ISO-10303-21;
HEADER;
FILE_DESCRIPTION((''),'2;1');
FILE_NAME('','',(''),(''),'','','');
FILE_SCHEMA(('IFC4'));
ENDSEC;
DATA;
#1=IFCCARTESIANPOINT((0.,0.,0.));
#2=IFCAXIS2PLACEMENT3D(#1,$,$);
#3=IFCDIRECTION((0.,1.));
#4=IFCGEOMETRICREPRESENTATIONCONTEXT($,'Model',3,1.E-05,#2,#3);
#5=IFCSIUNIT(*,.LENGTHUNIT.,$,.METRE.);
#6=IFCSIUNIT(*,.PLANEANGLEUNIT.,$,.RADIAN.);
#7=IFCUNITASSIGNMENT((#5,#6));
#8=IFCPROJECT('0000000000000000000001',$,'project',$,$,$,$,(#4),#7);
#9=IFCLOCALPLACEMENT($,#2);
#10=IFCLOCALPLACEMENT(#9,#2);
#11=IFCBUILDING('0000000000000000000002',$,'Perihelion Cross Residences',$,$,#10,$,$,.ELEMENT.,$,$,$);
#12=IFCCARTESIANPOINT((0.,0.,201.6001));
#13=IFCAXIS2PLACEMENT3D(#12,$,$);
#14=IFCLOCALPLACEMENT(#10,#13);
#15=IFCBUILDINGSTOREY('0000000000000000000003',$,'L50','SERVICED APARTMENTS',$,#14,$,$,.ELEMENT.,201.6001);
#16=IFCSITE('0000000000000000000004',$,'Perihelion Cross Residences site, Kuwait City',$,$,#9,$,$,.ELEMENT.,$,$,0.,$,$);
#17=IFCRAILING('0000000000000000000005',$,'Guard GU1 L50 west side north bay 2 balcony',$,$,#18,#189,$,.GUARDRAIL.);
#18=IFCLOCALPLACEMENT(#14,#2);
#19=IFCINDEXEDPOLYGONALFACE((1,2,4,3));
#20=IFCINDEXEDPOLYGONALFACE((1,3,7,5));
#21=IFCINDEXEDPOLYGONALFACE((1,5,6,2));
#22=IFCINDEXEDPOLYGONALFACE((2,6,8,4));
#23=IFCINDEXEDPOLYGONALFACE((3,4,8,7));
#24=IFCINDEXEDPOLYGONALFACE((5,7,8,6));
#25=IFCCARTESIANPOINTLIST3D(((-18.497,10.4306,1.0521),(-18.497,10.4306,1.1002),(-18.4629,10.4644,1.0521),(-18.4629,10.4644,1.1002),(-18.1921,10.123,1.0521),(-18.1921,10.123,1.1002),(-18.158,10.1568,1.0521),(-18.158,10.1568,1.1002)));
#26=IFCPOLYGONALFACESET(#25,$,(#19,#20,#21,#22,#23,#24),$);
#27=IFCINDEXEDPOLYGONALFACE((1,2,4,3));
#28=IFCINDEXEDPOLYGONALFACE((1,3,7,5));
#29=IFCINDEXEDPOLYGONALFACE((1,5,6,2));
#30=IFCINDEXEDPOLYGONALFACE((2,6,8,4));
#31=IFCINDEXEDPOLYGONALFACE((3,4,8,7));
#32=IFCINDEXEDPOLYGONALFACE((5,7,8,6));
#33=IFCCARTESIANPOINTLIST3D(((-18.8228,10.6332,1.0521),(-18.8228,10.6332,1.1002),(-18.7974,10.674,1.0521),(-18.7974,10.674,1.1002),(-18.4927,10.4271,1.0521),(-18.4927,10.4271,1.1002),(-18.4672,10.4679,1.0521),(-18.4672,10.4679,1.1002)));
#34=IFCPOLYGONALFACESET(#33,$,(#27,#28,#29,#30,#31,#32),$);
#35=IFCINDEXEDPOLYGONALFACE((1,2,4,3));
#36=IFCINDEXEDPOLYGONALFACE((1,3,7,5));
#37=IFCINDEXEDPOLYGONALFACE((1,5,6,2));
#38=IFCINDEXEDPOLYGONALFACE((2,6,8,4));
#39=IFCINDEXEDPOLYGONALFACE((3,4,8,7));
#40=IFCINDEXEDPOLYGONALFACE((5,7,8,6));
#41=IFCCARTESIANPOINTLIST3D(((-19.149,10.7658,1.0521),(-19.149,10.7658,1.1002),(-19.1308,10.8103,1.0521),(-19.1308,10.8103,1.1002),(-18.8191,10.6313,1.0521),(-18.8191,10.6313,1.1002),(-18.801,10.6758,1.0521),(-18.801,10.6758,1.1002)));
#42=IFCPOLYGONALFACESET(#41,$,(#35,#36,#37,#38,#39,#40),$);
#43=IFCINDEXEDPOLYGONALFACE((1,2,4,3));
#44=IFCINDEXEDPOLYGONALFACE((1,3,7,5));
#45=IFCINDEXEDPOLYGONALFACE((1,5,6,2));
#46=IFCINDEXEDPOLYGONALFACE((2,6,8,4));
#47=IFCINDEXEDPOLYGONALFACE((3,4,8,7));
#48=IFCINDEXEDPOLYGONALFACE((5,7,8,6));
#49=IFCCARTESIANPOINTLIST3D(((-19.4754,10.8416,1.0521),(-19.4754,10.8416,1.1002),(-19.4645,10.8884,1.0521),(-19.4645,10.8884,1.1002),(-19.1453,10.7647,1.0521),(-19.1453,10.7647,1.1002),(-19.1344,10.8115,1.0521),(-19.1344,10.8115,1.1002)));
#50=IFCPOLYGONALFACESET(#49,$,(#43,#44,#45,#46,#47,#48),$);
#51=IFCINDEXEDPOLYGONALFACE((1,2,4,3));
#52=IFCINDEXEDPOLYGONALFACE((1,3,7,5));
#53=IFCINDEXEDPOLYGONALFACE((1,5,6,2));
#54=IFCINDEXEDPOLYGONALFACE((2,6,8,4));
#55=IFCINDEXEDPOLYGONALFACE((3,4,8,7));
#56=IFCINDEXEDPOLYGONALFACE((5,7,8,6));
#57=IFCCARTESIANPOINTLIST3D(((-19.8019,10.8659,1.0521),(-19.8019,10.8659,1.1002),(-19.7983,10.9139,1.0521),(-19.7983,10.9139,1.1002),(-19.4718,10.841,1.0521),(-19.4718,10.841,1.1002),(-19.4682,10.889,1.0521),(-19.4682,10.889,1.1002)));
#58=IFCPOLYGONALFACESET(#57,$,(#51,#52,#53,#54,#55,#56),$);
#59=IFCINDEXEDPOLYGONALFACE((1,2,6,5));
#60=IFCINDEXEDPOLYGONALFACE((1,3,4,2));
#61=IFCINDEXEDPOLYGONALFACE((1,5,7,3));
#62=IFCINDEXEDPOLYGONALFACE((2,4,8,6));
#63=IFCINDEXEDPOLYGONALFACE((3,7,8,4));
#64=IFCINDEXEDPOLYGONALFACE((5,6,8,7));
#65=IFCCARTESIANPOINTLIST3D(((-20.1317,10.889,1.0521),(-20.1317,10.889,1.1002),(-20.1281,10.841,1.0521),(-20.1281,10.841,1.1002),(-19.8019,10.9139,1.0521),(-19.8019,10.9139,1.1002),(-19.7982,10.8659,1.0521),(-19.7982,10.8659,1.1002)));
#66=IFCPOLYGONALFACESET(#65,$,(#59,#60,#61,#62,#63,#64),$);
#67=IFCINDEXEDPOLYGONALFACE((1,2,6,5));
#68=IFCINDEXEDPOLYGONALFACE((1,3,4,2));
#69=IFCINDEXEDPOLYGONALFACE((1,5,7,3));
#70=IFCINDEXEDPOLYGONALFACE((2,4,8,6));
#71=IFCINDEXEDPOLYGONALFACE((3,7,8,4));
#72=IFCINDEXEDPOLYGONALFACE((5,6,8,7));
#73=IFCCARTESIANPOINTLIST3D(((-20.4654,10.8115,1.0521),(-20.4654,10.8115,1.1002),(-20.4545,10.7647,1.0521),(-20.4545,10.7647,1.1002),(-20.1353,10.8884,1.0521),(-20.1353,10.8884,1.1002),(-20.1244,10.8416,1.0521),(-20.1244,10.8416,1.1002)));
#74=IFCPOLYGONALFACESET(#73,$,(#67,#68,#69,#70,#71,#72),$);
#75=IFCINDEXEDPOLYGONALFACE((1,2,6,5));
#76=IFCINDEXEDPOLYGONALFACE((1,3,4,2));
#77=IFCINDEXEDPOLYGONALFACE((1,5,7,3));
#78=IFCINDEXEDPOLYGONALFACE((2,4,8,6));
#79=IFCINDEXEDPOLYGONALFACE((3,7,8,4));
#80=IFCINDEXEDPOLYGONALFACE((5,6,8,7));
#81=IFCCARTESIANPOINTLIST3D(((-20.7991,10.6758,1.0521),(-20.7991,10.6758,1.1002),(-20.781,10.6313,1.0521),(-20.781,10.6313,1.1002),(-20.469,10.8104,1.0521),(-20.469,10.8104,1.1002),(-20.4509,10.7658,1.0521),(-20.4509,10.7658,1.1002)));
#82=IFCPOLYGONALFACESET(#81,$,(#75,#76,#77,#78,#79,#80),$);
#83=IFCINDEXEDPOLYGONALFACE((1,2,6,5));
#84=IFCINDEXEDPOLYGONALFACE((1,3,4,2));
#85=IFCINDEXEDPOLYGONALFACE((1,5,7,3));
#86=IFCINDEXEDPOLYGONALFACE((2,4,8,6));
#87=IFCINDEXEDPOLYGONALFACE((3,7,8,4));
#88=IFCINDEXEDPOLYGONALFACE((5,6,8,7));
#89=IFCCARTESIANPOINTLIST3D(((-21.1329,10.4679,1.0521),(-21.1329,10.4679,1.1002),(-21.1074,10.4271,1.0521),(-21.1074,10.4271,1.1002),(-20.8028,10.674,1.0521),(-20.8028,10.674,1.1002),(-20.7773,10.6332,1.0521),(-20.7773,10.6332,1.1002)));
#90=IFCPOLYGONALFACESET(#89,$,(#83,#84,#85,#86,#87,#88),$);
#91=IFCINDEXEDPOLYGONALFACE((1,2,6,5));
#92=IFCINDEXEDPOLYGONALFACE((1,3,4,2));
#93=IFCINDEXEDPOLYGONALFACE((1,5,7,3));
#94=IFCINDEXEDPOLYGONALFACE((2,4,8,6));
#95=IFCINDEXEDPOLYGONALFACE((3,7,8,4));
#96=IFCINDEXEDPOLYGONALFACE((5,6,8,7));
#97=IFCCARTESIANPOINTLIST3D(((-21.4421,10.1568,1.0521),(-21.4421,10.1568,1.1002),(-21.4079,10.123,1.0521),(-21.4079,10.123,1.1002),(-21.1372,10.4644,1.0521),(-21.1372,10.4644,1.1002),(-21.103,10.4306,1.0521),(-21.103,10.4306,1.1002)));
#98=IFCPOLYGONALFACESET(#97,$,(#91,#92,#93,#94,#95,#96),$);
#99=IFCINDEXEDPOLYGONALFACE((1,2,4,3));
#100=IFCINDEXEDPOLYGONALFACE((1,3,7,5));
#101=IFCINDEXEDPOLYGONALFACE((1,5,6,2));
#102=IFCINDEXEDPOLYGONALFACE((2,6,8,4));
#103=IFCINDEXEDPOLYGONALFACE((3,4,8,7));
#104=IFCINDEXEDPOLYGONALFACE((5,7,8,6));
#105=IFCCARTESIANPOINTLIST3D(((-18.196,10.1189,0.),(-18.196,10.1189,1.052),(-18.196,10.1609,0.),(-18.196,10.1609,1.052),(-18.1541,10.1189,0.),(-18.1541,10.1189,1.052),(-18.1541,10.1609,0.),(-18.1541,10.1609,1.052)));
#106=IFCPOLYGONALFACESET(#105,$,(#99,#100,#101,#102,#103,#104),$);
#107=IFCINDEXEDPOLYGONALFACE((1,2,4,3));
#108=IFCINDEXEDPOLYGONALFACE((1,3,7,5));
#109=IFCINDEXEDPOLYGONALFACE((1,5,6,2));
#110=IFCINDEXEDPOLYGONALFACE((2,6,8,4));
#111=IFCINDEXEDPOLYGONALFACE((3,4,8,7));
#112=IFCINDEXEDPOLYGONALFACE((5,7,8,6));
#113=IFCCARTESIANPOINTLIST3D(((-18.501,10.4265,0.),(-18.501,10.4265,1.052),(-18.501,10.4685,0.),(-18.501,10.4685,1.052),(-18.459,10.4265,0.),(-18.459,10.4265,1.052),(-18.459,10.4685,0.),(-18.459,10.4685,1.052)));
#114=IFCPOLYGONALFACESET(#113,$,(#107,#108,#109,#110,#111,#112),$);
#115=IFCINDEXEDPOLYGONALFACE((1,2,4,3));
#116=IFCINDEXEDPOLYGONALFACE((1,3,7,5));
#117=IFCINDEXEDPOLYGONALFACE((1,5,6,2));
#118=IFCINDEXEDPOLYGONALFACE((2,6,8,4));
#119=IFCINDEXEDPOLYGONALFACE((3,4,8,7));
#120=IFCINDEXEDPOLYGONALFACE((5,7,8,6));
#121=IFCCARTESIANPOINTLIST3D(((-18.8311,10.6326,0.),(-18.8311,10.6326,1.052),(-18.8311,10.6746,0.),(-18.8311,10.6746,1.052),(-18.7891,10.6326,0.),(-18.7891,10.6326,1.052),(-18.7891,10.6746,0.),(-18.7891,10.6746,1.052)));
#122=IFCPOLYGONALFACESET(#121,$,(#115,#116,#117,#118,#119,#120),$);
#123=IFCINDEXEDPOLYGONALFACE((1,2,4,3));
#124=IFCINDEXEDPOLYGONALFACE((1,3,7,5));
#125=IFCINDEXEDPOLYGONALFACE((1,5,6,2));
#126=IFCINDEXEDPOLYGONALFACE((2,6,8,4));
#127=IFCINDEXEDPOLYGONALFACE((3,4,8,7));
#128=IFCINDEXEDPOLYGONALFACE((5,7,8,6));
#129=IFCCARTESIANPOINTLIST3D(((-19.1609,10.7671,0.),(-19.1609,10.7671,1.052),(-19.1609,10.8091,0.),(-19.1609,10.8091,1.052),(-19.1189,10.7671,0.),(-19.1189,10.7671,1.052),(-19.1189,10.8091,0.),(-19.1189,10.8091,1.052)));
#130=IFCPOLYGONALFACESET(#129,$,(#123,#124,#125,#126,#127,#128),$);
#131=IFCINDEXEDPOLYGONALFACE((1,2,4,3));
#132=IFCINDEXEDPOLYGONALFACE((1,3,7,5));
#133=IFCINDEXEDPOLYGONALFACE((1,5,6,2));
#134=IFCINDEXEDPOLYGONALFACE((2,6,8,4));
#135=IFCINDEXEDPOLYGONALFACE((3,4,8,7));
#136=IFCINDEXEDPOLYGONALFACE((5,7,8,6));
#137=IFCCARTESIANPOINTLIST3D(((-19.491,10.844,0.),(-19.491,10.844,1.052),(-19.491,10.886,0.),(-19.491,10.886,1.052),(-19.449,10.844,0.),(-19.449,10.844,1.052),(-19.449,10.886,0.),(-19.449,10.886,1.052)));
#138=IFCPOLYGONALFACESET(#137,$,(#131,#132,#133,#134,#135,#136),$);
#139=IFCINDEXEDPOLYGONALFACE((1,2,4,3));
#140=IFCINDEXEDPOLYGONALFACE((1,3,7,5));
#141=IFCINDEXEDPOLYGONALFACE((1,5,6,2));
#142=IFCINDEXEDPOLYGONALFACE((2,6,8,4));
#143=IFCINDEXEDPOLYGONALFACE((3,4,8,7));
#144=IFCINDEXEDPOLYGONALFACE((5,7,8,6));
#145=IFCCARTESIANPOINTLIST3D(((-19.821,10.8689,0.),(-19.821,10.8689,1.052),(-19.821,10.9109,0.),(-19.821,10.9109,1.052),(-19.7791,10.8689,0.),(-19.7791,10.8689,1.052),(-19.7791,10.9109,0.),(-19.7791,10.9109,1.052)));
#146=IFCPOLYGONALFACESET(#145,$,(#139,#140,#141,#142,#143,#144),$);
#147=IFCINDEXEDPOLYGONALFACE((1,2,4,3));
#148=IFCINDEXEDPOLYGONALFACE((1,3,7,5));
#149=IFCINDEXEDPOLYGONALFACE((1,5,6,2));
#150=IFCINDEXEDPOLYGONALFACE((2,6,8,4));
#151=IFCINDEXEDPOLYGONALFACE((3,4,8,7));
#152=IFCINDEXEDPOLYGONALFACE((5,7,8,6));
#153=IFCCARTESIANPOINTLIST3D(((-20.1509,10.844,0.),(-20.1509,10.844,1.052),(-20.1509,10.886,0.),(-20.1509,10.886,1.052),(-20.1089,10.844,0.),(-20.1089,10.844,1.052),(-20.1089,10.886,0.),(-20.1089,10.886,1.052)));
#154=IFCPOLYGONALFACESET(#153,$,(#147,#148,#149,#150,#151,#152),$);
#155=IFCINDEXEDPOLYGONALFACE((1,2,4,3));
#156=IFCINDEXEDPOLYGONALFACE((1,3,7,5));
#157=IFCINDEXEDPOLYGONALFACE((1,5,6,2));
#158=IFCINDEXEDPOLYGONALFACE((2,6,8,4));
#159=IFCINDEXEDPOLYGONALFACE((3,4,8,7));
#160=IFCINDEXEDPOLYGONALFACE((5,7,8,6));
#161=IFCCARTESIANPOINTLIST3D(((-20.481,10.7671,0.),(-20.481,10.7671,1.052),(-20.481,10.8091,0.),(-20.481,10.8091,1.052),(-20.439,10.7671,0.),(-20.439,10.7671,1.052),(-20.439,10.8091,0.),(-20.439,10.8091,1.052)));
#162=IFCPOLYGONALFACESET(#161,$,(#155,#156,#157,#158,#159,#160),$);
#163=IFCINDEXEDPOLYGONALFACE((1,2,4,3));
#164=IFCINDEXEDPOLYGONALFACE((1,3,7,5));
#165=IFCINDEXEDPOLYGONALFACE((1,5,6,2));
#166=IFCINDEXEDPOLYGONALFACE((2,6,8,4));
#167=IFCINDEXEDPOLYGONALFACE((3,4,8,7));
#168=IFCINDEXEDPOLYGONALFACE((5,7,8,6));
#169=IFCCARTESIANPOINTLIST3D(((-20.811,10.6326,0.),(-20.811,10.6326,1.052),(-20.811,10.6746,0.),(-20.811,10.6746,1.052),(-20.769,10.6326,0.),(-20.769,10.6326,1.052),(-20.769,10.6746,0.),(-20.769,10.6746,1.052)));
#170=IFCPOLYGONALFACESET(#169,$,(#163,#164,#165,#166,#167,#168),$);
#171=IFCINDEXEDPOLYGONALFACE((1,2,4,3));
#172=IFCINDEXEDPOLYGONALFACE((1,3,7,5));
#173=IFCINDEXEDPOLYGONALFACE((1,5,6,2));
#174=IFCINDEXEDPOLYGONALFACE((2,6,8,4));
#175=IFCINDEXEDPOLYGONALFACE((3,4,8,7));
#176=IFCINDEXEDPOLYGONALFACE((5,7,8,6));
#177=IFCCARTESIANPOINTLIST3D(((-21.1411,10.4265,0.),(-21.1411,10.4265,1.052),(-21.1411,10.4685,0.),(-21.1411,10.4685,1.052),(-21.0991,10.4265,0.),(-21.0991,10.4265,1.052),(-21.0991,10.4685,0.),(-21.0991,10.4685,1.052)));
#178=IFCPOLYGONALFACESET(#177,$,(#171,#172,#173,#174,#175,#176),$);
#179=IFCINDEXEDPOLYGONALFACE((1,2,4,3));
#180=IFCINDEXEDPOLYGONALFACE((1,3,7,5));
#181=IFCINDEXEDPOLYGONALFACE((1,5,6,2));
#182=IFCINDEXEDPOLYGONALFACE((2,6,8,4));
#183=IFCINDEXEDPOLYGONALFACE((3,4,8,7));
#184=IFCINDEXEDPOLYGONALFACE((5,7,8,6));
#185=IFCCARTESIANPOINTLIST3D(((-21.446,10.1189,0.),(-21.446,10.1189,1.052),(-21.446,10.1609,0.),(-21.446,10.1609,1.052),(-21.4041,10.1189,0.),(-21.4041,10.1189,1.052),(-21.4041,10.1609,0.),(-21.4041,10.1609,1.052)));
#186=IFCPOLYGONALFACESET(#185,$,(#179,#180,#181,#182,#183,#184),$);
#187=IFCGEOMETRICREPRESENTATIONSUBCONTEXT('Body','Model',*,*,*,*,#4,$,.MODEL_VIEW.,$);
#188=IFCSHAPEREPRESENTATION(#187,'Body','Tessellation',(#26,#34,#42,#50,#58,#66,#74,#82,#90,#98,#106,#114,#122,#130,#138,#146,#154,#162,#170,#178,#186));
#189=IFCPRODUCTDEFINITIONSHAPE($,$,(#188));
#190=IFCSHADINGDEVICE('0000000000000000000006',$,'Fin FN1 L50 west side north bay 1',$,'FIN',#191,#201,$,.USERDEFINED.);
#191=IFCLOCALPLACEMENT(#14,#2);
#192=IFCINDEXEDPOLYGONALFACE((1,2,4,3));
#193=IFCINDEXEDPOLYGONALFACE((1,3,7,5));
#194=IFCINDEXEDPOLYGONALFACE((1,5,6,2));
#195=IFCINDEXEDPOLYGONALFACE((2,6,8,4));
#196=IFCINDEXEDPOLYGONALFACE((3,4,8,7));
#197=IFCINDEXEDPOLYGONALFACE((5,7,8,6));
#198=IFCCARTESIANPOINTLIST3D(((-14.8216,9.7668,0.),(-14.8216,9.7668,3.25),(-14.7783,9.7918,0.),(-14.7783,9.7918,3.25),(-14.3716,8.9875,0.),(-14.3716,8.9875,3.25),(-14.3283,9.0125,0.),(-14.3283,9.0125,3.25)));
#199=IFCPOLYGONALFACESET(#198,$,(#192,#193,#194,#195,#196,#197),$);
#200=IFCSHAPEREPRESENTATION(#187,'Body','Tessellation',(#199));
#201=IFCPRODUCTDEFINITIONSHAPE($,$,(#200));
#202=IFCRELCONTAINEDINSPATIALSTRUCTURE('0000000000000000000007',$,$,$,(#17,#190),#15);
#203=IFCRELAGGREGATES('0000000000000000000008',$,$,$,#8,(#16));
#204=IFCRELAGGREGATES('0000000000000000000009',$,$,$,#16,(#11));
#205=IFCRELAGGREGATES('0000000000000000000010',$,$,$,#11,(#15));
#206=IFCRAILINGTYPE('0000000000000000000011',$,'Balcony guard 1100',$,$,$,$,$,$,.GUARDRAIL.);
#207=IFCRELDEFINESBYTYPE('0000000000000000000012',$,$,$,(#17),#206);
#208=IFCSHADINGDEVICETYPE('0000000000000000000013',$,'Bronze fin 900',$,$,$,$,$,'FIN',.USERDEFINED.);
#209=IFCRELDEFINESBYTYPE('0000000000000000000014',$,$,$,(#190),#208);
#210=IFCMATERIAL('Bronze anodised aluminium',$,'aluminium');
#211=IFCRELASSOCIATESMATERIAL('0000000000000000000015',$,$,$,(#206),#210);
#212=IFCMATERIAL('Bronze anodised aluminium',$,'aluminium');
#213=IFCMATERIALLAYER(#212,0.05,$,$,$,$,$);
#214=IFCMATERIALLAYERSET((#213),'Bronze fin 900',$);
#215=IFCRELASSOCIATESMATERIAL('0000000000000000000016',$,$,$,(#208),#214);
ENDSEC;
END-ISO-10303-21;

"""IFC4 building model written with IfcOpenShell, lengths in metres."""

from ifc_helpers import new_model, si_unit, direction, frame, origin, origin_2d, place, context, subcontext, project, spatial, rectangle, extrude, material, layer, layer_set, type_object, element, save


model = new_model("IFC4")

# Units and contexts
model_context = context("Model", 3, precision=1e-05, world=origin(), true_north=direction((0.0, 1.0)))
body_context = subcontext(model_context, "Body", "Model", "MODEL_VIEW")
ifc_project = project(units=[si_unit("LENGTHUNIT", "METRE"), si_unit("PLANEANGLEUNIT", "RADIAN")], contexts=[model_context])

# Site, building, storey
site_placement = place(None, origin())
site = spatial("IfcSite", under=ifc_project, at=site_placement, Name="Perihelion Cross Residences site, Kuwait City", CompositionType="ELEMENT", RefElevation=0.0)
building_placement = place(site_placement, origin())
building = spatial("IfcBuilding", under=site, at=building_placement, Name="Perihelion Cross Residences", CompositionType="ELEMENT")
storey_placement = place(building_placement, frame((0.0, 0.0, 201.6001)))
storey = spatial("IfcBuildingStorey", under=building, at=storey_placement, Name="L50", Description="SERVICED APARTMENTS", CompositionType="ELEMENT", Elevation=201.6001)

# Railing
ifc_material_1 = material(Name="Bronze anodised aluminium", Category="aluminium")
railing_type = type_object("IfcRailingType", Name="Balcony guard 1100", PredefinedType="GUARDRAIL", material=ifc_material_1)
railing_placement = place(storey_placement, frame((-18.175, 10.1399, 0.0)))
element("IfcRailing", 1, at=railing_placement, inside=storey, type_object=railing_type, Name="Guard GU1 L50 west side north bay 2 balcony", PredefinedType="GUARDRAIL", context=body_context, shape_type="SweptSolid", body=[
    extrude(rectangle(XDim=0.0481, YDim=0.0481, at=origin_2d()), frame((0.0, 0.0, 1.0762), z_axis=(-0.704, 0.7102, 0.0), x_axis=(-0.7102, -0.704, 0.0)), (0.0, 0.0, 1.0), 0.4331),
    extrude(rectangle(XDim=0.0481, YDim=0.0481, at=origin_2d()), frame((-0.3049, 0.3076, 1.0762), z_axis=(-0.84828, 0.529548, 0.0), x_axis=(-0.529548, -0.84828, 0.0)), (0.0, 0.0, 1.0), 0.3892),
    extrude(rectangle(XDim=0.0481, YDim=0.0481, at=origin_2d()), frame((-0.635, 0.5137, 1.0762), z_axis=(-0.92595, 0.377645, 0.0), x_axis=(-0.377645, -0.92595, 0.0)), (0.0, 0.0, 1.0), 0.3562),
    extrude(rectangle(XDim=0.0481, YDim=0.0481, at=origin_2d()), frame((-0.9648, 0.6482, 1.0762), z_axis=(-0.973916, 0.226911, 0.0), x_axis=(-0.226911, -0.973916, 0.0)), (0.0, 0.0, 1.0), 0.3389),
    extrude(rectangle(XDim=0.0481, YDim=0.0481, at=origin_2d()), frame((-1.2949, 0.7251, 1.0762), z_axis=(-0.997166, 0.07523, 0.0), x_axis=(-0.07523, -0.997166, 0.0)), (0.0, 0.0, 1.0), 0.3311),
    extrude(rectangle(XDim=0.0481, YDim=0.0481, at=origin_2d()), frame((-1.625, 0.75, 1.0762), z_axis=(-0.997162, -0.075285, 0.0), x_axis=(0.075285, -0.997162, 0.0)), (0.0, 0.0, 1.0), 0.3308),
    extrude(rectangle(XDim=0.0481, YDim=0.0481, at=origin_2d()), frame((-1.9548, 0.7251, 1.0762), z_axis=(-0.973916, -0.226911, 0.0), x_axis=(0.226911, -0.973916, 0.0)), (0.0, 0.0, 1.0), 0.3389),
    extrude(rectangle(XDim=0.0481, YDim=0.0481, at=origin_2d()), frame((-2.2849, 0.6482, 1.0762), z_axis=(-0.926048, -0.377406, 0.0), x_axis=(0.377406, -0.926048, 0.0)), (0.0, 0.0, 1.0), 0.3564),
    extrude(rectangle(XDim=0.0481, YDim=0.0481, at=origin_2d()), frame((-2.615, 0.5137, 1.0762), z_axis=(-0.84828, -0.529548, 0.0), x_axis=(0.529548, -0.84828, 0.0)), (0.0, 0.0, 1.0), 0.3892),
    extrude(rectangle(XDim=0.0481, YDim=0.0481, at=origin_2d()), frame((-2.9451, 0.3076, 1.0762), z_axis=(-0.704, -0.7102, 0.0), x_axis=(0.7102, -0.704, 0.0)), (0.0, 0.0, 1.0), 0.4331),
    extrude(rectangle(XDim=0.042, YDim=0.042, at=origin_2d()), origin(), (0.0, 0.0, 1.0), 1.052),
    extrude(rectangle(XDim=0.042, YDim=0.042, at=origin_2d()), frame((-0.3049, 0.3076, 0.0)), (0.0, 0.0, 1.0), 1.052),
    extrude(rectangle(XDim=0.042, YDim=0.042, at=origin_2d()), frame((-0.635, 0.5137, 0.0)), (0.0, 0.0, 1.0), 1.052),
    extrude(rectangle(XDim=0.042, YDim=0.042, at=origin_2d()), frame((-0.9648, 0.6482, 0.0)), (0.0, 0.0, 1.0), 1.052),
    extrude(rectangle(XDim=0.042, YDim=0.042, at=origin_2d()), frame((-1.2949, 0.7251, 0.0)), (0.0, 0.0, 1.0), 1.052),
    extrude(rectangle(XDim=0.042, YDim=0.042, at=origin_2d()), frame((-1.625, 0.75, 0.0)), (0.0, 0.0, 1.0), 1.052),
    extrude(rectangle(XDim=0.042, YDim=0.042, at=origin_2d()), frame((-1.9548, 0.7251, 0.0)), (0.0, 0.0, 1.0), 1.052),
    extrude(rectangle(XDim=0.042, YDim=0.042, at=origin_2d()), frame((-2.2849, 0.6482, 0.0)), (0.0, 0.0, 1.0), 1.052),
    extrude(rectangle(XDim=0.042, YDim=0.042, at=origin_2d()), frame((-2.615, 0.5137, 0.0)), (0.0, 0.0, 1.0), 1.052),
    extrude(rectangle(XDim=0.042, YDim=0.042, at=origin_2d()), frame((-2.9451, 0.3076, 0.0)), (0.0, 0.0, 1.0), 1.052),
    extrude(rectangle(XDim=0.042, YDim=0.042, at=origin_2d()), frame((-3.25, 0.0, 0.0)), (0.0, 0.0, 1.0), 1.052),
])

# Shading device
ifc_material_2 = material(Name="Bronze anodised aluminium", Category="aluminium")
ifc_layer_1 = layer(ifc_material_2, 0.05)
ifc_layer_set_1 = layer_set([ifc_layer_1], Name="Bronze fin 900")
shading_device_type = type_object("IfcShadingDeviceType", Name="Bronze fin 900", ElementType="FIN", PredefinedType="USERDEFINED", material=ifc_layer_set_1)
shading_device_placement = place(storey_placement, frame((-14.575, 9.3896, 0.0), z_axis=(0.0, 0.0, 1.0), x_axis=(-0.5, 0.866025, 0.0)))
element("IfcShadingDevice", 2, at=shading_device_placement, inside=storey, type_object=shading_device_type, Name="Fin FN1 L50 west side north bay 1", ObjectType="FIN", PredefinedType="USERDEFINED", context=body_context, shape_type="SweptSolid", body=[
    extrude(rectangle(XDim=0.8999, YDim=0.05, at=origin_2d()), origin(), (0.0, 0.0, 1.0), 3.25),
])

save(model, "model.ifc")
